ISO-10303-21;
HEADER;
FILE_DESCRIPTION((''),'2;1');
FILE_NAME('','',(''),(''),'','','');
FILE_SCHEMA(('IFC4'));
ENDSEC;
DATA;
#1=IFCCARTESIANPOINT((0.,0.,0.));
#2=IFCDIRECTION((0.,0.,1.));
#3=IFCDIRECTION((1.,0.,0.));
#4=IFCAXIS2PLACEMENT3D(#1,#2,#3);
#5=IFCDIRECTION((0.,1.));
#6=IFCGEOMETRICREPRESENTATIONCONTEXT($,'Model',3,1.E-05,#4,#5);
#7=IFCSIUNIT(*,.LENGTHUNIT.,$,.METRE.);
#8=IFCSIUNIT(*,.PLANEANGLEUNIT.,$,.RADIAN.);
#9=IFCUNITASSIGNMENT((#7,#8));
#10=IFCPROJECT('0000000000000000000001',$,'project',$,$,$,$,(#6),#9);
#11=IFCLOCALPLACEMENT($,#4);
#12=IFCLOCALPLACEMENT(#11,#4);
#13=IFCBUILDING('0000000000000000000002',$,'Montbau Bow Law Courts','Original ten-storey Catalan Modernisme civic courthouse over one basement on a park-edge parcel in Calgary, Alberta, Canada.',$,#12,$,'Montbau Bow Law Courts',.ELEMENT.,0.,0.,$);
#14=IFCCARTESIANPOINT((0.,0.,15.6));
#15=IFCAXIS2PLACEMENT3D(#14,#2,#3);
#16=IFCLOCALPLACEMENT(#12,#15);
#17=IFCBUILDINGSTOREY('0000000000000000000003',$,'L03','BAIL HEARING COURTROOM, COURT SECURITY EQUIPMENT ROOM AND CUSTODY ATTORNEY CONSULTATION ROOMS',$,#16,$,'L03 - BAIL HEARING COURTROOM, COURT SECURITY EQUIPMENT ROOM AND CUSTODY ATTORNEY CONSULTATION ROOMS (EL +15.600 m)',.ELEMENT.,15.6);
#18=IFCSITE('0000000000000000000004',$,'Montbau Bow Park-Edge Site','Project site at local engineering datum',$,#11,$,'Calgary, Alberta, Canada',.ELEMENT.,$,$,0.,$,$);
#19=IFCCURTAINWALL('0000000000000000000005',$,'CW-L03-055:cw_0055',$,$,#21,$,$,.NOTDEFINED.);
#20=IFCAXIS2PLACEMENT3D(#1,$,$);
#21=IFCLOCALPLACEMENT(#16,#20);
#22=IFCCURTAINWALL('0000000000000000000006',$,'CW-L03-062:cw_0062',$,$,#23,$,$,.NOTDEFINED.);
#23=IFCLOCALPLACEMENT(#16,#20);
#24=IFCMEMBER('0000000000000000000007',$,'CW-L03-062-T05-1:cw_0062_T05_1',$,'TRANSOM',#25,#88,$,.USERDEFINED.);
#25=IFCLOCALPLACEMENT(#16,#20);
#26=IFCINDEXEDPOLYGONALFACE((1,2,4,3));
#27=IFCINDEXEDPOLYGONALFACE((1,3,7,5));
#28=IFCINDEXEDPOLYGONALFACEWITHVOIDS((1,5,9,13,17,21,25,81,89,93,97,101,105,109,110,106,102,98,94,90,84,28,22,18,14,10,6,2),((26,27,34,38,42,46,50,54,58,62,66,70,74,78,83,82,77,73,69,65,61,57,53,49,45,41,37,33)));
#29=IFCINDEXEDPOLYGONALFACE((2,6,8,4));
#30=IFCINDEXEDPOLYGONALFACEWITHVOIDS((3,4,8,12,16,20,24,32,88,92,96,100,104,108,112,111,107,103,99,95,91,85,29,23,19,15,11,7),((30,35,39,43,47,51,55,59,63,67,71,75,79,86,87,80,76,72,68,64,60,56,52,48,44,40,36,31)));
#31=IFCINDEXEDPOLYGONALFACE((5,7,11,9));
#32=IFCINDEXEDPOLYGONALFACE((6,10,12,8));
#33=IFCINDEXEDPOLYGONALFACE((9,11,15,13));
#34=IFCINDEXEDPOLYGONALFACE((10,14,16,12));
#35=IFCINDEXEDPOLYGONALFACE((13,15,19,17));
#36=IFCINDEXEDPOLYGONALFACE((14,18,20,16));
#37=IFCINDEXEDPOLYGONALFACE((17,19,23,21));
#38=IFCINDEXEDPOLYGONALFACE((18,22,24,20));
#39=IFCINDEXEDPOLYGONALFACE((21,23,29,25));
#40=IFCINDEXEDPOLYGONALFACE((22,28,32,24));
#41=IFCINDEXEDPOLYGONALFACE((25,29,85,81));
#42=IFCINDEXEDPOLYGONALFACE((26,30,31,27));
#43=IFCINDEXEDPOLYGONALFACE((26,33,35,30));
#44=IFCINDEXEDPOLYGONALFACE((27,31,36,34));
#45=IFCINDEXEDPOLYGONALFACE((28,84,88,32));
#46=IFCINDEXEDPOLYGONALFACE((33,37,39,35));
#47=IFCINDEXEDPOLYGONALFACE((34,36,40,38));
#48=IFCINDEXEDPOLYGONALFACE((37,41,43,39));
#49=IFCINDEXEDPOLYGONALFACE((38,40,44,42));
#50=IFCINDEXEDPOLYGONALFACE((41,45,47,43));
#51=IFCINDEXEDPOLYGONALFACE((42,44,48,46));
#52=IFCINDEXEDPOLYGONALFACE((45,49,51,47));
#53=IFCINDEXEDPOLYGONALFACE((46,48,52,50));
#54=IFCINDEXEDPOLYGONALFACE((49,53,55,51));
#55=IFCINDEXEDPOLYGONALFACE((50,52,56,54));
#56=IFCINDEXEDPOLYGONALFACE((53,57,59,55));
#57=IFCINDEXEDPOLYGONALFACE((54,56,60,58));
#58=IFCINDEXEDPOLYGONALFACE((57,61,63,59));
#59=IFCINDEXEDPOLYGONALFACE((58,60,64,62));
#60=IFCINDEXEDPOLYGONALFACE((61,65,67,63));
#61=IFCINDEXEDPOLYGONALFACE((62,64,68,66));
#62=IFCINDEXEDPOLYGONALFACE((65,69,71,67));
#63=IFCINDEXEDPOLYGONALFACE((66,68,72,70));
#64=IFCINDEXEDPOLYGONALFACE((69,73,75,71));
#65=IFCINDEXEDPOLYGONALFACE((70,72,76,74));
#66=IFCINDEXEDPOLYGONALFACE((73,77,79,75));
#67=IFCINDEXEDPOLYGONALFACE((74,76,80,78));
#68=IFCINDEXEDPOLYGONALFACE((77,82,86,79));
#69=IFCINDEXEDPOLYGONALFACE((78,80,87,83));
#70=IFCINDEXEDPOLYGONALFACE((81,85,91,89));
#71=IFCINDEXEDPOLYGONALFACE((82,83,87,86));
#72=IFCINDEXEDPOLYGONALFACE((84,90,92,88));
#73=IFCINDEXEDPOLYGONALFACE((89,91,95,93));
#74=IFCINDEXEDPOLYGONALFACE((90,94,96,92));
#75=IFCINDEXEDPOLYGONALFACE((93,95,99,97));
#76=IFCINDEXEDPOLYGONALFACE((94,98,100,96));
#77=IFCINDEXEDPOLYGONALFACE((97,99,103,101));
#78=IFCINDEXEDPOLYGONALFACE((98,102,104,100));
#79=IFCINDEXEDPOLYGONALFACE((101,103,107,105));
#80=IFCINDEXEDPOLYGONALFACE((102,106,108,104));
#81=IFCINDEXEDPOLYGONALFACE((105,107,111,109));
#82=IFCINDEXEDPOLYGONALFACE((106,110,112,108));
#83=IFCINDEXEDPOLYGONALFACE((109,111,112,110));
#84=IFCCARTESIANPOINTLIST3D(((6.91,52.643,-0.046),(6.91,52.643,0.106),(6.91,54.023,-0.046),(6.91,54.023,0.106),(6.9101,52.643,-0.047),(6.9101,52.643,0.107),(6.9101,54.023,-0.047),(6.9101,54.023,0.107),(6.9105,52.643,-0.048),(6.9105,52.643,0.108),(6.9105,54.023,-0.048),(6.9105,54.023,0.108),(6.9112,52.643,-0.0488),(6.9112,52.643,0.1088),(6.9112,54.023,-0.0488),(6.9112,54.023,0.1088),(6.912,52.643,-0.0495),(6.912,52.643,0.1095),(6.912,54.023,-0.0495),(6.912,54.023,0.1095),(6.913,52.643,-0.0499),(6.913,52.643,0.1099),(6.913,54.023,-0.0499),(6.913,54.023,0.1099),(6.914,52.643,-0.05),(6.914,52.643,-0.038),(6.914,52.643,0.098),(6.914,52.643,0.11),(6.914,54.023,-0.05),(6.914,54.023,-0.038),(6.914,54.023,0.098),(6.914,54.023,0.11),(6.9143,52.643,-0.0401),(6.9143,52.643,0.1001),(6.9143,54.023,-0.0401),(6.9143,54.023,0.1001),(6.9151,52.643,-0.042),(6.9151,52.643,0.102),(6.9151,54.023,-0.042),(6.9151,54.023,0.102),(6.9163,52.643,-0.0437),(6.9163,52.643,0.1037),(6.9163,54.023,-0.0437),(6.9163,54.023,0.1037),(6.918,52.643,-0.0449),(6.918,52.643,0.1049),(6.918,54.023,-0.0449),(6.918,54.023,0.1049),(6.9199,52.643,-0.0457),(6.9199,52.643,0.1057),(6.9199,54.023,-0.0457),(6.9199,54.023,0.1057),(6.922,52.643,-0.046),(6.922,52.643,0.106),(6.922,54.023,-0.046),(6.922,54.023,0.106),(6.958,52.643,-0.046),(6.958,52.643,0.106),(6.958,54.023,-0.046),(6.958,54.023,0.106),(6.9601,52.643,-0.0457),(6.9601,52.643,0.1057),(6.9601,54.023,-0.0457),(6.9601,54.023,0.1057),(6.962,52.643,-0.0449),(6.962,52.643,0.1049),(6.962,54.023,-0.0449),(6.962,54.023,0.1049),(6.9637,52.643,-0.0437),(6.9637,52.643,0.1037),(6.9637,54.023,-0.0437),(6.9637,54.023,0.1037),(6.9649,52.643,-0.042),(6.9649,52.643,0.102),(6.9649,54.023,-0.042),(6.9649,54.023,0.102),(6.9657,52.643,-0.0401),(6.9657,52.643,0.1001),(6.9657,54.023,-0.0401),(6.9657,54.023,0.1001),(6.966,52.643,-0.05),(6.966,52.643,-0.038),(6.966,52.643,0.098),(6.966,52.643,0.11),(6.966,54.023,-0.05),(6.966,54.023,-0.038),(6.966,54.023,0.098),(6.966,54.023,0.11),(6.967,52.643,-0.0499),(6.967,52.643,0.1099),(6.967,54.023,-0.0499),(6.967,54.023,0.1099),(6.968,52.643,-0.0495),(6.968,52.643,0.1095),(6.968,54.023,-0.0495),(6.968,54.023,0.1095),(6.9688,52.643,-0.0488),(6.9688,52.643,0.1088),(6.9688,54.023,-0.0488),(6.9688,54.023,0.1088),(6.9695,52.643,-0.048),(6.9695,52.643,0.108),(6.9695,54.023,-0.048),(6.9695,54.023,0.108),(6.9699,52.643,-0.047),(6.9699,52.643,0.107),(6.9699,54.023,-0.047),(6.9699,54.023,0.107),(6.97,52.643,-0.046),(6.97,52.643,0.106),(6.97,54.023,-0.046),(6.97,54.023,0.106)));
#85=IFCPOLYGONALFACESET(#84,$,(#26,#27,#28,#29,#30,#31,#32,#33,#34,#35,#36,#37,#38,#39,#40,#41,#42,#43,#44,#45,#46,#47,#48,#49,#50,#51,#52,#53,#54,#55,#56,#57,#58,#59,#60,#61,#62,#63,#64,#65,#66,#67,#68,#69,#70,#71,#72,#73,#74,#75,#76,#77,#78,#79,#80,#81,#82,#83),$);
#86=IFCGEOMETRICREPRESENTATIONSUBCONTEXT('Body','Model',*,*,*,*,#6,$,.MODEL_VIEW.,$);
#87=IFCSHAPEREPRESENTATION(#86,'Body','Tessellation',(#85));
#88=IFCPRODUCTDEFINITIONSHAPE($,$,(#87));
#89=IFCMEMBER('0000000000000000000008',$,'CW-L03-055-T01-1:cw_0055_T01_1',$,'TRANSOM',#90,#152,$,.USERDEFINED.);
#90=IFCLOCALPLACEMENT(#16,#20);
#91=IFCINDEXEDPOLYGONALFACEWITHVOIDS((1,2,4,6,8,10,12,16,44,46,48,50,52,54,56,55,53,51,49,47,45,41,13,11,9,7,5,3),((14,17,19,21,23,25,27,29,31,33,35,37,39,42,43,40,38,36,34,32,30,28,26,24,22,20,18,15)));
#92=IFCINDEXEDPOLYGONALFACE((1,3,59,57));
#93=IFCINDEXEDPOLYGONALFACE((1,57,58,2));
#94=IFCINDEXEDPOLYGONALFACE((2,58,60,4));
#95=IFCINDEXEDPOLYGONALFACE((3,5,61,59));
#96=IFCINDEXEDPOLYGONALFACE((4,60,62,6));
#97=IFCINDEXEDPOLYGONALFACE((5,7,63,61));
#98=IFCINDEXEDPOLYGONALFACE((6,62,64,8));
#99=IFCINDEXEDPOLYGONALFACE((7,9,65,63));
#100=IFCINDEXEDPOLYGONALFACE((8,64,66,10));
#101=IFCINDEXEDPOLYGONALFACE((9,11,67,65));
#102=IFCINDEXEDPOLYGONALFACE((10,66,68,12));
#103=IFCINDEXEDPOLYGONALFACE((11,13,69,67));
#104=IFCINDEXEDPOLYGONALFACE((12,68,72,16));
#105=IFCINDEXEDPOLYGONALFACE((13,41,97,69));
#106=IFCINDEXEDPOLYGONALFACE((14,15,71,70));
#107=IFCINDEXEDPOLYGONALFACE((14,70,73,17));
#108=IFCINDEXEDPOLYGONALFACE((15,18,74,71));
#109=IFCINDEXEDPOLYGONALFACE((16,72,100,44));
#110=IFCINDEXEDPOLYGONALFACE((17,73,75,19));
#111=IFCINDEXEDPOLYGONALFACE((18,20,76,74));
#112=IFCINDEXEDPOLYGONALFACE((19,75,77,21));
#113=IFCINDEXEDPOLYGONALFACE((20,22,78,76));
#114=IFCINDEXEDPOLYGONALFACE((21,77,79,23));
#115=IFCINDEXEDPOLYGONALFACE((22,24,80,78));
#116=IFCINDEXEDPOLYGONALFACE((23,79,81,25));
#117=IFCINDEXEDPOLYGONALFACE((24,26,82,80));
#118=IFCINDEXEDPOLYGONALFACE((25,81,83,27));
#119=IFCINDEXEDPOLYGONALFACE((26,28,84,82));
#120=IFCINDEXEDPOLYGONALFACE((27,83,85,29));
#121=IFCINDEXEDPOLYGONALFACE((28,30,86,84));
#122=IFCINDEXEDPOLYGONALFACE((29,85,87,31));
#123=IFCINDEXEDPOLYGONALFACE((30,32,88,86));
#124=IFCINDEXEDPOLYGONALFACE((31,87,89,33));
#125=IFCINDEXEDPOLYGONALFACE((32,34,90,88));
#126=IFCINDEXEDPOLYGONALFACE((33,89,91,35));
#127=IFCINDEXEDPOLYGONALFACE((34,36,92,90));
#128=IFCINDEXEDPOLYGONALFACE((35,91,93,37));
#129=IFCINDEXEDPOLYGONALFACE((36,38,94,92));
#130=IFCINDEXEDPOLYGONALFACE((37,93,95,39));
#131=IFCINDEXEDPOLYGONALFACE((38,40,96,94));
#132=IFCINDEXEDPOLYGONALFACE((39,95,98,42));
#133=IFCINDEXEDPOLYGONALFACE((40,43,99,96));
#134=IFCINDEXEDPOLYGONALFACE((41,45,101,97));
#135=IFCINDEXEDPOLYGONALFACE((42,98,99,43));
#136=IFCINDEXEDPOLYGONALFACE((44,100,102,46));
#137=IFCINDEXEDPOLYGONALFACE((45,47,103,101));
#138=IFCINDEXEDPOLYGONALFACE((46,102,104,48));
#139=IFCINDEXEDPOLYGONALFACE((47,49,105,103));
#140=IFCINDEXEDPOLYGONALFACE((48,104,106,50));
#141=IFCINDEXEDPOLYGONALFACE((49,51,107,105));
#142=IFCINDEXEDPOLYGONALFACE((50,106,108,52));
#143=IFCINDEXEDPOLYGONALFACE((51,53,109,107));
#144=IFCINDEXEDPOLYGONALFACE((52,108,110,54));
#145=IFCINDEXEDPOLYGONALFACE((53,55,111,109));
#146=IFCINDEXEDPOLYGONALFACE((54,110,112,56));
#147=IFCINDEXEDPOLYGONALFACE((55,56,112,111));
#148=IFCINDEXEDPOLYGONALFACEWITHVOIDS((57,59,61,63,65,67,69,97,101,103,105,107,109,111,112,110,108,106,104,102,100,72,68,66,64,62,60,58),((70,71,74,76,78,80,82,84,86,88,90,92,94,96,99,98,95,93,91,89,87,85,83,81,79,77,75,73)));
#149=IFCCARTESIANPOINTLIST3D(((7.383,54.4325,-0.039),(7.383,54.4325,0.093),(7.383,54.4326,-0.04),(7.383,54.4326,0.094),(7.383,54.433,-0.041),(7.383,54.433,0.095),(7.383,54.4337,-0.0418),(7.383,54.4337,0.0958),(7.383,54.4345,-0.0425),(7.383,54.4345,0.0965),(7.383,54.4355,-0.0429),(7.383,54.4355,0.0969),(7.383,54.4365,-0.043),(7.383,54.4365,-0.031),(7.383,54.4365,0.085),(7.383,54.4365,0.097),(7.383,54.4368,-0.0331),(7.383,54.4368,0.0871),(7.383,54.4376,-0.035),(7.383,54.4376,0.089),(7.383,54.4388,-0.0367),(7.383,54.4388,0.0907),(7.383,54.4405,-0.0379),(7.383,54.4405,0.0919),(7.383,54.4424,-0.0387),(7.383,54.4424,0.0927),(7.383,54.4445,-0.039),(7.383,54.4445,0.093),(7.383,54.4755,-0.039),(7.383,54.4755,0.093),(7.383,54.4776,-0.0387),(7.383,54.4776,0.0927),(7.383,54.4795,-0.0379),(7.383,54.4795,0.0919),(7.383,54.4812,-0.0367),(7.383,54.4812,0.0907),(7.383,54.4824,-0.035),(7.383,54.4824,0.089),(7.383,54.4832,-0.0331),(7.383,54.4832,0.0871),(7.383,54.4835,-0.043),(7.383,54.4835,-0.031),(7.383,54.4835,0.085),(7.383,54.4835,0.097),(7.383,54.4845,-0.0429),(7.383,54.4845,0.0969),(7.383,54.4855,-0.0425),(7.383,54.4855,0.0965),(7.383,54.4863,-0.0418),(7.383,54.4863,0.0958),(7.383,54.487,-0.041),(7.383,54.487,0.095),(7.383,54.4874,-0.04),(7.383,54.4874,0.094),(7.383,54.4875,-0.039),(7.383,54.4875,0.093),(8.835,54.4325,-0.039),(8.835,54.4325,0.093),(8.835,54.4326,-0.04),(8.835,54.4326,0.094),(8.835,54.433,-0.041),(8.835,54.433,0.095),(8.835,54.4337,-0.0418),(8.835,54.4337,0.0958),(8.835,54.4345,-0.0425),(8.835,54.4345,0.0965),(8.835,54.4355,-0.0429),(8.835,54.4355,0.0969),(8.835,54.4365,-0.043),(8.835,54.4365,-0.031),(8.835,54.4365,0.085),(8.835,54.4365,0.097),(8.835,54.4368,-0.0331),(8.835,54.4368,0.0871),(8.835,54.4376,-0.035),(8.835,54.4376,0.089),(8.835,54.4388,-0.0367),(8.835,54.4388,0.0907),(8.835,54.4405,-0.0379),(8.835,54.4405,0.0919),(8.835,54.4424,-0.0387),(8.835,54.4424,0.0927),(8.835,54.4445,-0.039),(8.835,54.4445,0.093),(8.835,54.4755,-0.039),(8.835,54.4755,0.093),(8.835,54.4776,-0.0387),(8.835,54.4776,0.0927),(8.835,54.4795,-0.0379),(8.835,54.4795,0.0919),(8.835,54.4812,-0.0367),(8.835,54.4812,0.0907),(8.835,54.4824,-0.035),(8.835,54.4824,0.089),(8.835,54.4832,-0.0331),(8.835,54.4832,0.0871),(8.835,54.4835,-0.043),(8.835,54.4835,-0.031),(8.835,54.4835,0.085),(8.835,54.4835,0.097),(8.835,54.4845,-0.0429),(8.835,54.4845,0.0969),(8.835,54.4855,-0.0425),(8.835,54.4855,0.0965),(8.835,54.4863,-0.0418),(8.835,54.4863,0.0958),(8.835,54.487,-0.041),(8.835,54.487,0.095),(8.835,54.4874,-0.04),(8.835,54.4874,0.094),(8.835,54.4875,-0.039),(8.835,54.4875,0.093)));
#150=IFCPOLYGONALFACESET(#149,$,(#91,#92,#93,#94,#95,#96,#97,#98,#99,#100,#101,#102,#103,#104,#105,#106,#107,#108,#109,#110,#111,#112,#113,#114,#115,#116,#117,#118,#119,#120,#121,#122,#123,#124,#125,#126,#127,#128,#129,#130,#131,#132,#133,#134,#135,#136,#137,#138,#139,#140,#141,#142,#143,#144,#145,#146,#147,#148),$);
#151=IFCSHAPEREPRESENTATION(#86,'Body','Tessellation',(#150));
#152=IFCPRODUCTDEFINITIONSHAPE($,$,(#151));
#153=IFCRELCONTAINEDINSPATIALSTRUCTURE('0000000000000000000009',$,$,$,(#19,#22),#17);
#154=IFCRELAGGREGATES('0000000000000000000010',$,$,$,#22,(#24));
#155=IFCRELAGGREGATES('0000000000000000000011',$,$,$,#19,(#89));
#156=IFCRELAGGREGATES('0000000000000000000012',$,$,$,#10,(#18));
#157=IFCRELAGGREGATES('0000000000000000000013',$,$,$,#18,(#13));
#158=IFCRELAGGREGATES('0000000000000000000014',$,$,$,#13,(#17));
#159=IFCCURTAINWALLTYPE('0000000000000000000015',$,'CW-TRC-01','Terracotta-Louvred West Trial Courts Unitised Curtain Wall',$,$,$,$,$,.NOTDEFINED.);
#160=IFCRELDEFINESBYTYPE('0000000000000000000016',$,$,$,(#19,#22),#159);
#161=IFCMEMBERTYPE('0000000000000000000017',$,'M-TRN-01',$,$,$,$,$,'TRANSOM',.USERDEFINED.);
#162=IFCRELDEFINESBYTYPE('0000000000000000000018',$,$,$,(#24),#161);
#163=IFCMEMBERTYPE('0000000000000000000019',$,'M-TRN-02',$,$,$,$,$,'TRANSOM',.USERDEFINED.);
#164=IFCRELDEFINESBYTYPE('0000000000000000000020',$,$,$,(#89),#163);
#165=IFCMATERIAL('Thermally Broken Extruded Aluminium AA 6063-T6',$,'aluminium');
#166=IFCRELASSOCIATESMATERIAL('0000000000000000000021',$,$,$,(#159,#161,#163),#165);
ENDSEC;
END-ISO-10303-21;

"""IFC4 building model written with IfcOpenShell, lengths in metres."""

from ifc_helpers import new_model, si_unit, direction, frame, origin_with_axes, origin_2d_with_axis, place, context, subcontext, project, spatial, hollow_rectangle, extrude, material, material_profile, profile_set, type_object, element, aggregate, save


model = new_model("IFC4")

# Units and contexts
model_context = context("Model", 3, precision=1e-05, world=origin_with_axes(), true_north=direction((0.0, 1.0)))
body_context = subcontext(model_context, "Body", "Model", "MODEL_VIEW")
ifc_project = project(units=[si_unit("LENGTHUNIT", "METRE"), si_unit("PLANEANGLEUNIT", "RADIAN")], contexts=[model_context])

# Site, building, storey
site_placement = place(None, origin_with_axes())
site = spatial("IfcSite", under=ifc_project, at=site_placement, Name="Montbau Bow Park-Edge Site", Description="Project site at local engineering datum", LongName="Calgary, Alberta, Canada", CompositionType="ELEMENT", RefElevation=0.0)
building_placement = place(site_placement, origin_with_axes())
building = spatial("IfcBuilding", under=site, at=building_placement, Name="Montbau Bow Law Courts", Description="Original ten-storey Catalan Modernisme civic courthouse over one basement on a park-edge parcel in Calgary, Alberta, Canada.", LongName="Montbau Bow Law Courts", CompositionType="ELEMENT", ElevationOfRefHeight=0.0, ElevationOfTerrain=0.0)
storey_placement = place(building_placement, frame((0.0, 0.0, 15.6), z_axis=(0.0, 0.0, 1.0), x_axis=(1.0, 0.0, 0.0)))
storey = spatial("IfcBuildingStorey", under=building, at=storey_placement, Name="L03", Description="BAIL HEARING COURTROOM, COURT SECURITY EQUIPMENT ROOM AND CUSTODY ATTORNEY CONSULTATION ROOMS", LongName="L03 - BAIL HEARING COURTROOM, COURT SECURITY EQUIPMENT ROOM AND CUSTODY ATTORNEY CONSULTATION ROOMS (EL +15.600 m)", CompositionType="ELEMENT", Elevation=15.6)

# Curtain walls, member
ifc_material_1 = material(Name="Thermally Broken Extruded Aluminium AA 6063-T6", Category="aluminium")
curtain_wall_type = type_object("IfcCurtainWallType", Name="CW-TRC-01", Description="Terracotta-Louvred West Trial Courts Unitised Curtain Wall", PredefinedType="NOTDEFINED", material=ifc_material_1)
curtain_wall_1_placement = place(None, frame((7.315, 54.46, 15.6), z_axis=(0.0, 0.0, 1.0), x_axis=(1.0, 0.0, 0.0)))
curtain_wall_1 = element("IfcCurtainWall", 1, at=curtain_wall_1_placement, inside=storey, type_object=curtain_wall_type, Name="CW-L03-055:cw_0055", PredefinedType="NOTDEFINED")
curtain_wall_2_placement = place(None, frame((6.94, 46.715, 15.6), z_axis=(0.0, 0.0, 1.0), x_axis=(1.0, 0.0, 0.0)))
curtain_wall_2 = element("IfcCurtainWall", 2, at=curtain_wall_2_placement, inside=storey, type_object=curtain_wall_type, Name="CW-L03-062:cw_0062", PredefinedType="NOTDEFINED")
ifc_material_profile_1 = material_profile(ifc_material_1, hollow_rectangle(XDim=0.06, YDim=0.16, WallThickness=0.004, InnerFilletRadius=0.008, OuterFilletRadius=0.004, at=origin_2d_with_axis()), Name="CWT-160X60", Category="Main", Priority=0)
ifc_profile_set_1 = profile_set([ifc_material_profile_1], Name="Thermally Broken Extruded Aluminium AA 6063-T6")
member_type_1 = type_object("IfcMemberType", Name="M-TRN-01", ElementType="TRANSOM", PredefinedType="USERDEFINED", material=ifc_profile_set_1)
member_1_placement = place(None, frame((6.94, 52.643, 15.63), z_axis=(0.0, 1.0, 0.0), x_axis=(-1.0, 0.0, 0.0)))
member_1 = element("IfcMember", 3, at=member_1_placement, type_object=member_type_1, Name="CW-L03-062-T05-1:cw_0062_T05_1", ObjectType="TRANSOM", PredefinedType="USERDEFINED", context=body_context, shape_type="SweptSolid", body=[
    extrude(hollow_rectangle(XDim=0.06, YDim=0.16, WallThickness=0.004, InnerFilletRadius=0.008, OuterFilletRadius=0.004, at=origin_2d_with_axis()), origin_with_axes(), (0.0, 0.0, 1.0), 1.38),
])
aggregate(curtain_wall_2, [member_1])

# Member
ifc_material_profile_2 = material_profile(ifc_material_1, hollow_rectangle(XDim=0.055, YDim=0.14, WallThickness=0.004, InnerFilletRadius=0.008, OuterFilletRadius=0.004, at=origin_2d_with_axis()), Name="CWT-140X55", Category="Main", Priority=0)
ifc_profile_set_2 = profile_set([ifc_material_profile_2], Name="Thermally Broken Extruded Aluminium AA 6063-T6")
member_type_2 = type_object("IfcMemberType", Name="M-TRN-02", ElementType="TRANSOM", PredefinedType="USERDEFINED", material=ifc_profile_set_2)
member_2_placement = place(None, frame((7.383, 54.46, 15.627), z_axis=(1.0, 0.0, 0.0), x_axis=(0.0, 1.0, 0.0)))
member_2 = element("IfcMember", 4, at=member_2_placement, type_object=member_type_2, Name="CW-L03-055-T01-1:cw_0055_T01_1", ObjectType="TRANSOM", PredefinedType="USERDEFINED", context=body_context, shape_type="SweptSolid", body=[
    extrude(hollow_rectangle(XDim=0.055, YDim=0.14, WallThickness=0.004, InnerFilletRadius=0.008, OuterFilletRadius=0.004, at=origin_2d_with_axis()), origin_with_axes(), (0.0, 0.0, 1.0), 1.452),
])
aggregate(curtain_wall_1, [member_2])

save(model, "model.ifc")
